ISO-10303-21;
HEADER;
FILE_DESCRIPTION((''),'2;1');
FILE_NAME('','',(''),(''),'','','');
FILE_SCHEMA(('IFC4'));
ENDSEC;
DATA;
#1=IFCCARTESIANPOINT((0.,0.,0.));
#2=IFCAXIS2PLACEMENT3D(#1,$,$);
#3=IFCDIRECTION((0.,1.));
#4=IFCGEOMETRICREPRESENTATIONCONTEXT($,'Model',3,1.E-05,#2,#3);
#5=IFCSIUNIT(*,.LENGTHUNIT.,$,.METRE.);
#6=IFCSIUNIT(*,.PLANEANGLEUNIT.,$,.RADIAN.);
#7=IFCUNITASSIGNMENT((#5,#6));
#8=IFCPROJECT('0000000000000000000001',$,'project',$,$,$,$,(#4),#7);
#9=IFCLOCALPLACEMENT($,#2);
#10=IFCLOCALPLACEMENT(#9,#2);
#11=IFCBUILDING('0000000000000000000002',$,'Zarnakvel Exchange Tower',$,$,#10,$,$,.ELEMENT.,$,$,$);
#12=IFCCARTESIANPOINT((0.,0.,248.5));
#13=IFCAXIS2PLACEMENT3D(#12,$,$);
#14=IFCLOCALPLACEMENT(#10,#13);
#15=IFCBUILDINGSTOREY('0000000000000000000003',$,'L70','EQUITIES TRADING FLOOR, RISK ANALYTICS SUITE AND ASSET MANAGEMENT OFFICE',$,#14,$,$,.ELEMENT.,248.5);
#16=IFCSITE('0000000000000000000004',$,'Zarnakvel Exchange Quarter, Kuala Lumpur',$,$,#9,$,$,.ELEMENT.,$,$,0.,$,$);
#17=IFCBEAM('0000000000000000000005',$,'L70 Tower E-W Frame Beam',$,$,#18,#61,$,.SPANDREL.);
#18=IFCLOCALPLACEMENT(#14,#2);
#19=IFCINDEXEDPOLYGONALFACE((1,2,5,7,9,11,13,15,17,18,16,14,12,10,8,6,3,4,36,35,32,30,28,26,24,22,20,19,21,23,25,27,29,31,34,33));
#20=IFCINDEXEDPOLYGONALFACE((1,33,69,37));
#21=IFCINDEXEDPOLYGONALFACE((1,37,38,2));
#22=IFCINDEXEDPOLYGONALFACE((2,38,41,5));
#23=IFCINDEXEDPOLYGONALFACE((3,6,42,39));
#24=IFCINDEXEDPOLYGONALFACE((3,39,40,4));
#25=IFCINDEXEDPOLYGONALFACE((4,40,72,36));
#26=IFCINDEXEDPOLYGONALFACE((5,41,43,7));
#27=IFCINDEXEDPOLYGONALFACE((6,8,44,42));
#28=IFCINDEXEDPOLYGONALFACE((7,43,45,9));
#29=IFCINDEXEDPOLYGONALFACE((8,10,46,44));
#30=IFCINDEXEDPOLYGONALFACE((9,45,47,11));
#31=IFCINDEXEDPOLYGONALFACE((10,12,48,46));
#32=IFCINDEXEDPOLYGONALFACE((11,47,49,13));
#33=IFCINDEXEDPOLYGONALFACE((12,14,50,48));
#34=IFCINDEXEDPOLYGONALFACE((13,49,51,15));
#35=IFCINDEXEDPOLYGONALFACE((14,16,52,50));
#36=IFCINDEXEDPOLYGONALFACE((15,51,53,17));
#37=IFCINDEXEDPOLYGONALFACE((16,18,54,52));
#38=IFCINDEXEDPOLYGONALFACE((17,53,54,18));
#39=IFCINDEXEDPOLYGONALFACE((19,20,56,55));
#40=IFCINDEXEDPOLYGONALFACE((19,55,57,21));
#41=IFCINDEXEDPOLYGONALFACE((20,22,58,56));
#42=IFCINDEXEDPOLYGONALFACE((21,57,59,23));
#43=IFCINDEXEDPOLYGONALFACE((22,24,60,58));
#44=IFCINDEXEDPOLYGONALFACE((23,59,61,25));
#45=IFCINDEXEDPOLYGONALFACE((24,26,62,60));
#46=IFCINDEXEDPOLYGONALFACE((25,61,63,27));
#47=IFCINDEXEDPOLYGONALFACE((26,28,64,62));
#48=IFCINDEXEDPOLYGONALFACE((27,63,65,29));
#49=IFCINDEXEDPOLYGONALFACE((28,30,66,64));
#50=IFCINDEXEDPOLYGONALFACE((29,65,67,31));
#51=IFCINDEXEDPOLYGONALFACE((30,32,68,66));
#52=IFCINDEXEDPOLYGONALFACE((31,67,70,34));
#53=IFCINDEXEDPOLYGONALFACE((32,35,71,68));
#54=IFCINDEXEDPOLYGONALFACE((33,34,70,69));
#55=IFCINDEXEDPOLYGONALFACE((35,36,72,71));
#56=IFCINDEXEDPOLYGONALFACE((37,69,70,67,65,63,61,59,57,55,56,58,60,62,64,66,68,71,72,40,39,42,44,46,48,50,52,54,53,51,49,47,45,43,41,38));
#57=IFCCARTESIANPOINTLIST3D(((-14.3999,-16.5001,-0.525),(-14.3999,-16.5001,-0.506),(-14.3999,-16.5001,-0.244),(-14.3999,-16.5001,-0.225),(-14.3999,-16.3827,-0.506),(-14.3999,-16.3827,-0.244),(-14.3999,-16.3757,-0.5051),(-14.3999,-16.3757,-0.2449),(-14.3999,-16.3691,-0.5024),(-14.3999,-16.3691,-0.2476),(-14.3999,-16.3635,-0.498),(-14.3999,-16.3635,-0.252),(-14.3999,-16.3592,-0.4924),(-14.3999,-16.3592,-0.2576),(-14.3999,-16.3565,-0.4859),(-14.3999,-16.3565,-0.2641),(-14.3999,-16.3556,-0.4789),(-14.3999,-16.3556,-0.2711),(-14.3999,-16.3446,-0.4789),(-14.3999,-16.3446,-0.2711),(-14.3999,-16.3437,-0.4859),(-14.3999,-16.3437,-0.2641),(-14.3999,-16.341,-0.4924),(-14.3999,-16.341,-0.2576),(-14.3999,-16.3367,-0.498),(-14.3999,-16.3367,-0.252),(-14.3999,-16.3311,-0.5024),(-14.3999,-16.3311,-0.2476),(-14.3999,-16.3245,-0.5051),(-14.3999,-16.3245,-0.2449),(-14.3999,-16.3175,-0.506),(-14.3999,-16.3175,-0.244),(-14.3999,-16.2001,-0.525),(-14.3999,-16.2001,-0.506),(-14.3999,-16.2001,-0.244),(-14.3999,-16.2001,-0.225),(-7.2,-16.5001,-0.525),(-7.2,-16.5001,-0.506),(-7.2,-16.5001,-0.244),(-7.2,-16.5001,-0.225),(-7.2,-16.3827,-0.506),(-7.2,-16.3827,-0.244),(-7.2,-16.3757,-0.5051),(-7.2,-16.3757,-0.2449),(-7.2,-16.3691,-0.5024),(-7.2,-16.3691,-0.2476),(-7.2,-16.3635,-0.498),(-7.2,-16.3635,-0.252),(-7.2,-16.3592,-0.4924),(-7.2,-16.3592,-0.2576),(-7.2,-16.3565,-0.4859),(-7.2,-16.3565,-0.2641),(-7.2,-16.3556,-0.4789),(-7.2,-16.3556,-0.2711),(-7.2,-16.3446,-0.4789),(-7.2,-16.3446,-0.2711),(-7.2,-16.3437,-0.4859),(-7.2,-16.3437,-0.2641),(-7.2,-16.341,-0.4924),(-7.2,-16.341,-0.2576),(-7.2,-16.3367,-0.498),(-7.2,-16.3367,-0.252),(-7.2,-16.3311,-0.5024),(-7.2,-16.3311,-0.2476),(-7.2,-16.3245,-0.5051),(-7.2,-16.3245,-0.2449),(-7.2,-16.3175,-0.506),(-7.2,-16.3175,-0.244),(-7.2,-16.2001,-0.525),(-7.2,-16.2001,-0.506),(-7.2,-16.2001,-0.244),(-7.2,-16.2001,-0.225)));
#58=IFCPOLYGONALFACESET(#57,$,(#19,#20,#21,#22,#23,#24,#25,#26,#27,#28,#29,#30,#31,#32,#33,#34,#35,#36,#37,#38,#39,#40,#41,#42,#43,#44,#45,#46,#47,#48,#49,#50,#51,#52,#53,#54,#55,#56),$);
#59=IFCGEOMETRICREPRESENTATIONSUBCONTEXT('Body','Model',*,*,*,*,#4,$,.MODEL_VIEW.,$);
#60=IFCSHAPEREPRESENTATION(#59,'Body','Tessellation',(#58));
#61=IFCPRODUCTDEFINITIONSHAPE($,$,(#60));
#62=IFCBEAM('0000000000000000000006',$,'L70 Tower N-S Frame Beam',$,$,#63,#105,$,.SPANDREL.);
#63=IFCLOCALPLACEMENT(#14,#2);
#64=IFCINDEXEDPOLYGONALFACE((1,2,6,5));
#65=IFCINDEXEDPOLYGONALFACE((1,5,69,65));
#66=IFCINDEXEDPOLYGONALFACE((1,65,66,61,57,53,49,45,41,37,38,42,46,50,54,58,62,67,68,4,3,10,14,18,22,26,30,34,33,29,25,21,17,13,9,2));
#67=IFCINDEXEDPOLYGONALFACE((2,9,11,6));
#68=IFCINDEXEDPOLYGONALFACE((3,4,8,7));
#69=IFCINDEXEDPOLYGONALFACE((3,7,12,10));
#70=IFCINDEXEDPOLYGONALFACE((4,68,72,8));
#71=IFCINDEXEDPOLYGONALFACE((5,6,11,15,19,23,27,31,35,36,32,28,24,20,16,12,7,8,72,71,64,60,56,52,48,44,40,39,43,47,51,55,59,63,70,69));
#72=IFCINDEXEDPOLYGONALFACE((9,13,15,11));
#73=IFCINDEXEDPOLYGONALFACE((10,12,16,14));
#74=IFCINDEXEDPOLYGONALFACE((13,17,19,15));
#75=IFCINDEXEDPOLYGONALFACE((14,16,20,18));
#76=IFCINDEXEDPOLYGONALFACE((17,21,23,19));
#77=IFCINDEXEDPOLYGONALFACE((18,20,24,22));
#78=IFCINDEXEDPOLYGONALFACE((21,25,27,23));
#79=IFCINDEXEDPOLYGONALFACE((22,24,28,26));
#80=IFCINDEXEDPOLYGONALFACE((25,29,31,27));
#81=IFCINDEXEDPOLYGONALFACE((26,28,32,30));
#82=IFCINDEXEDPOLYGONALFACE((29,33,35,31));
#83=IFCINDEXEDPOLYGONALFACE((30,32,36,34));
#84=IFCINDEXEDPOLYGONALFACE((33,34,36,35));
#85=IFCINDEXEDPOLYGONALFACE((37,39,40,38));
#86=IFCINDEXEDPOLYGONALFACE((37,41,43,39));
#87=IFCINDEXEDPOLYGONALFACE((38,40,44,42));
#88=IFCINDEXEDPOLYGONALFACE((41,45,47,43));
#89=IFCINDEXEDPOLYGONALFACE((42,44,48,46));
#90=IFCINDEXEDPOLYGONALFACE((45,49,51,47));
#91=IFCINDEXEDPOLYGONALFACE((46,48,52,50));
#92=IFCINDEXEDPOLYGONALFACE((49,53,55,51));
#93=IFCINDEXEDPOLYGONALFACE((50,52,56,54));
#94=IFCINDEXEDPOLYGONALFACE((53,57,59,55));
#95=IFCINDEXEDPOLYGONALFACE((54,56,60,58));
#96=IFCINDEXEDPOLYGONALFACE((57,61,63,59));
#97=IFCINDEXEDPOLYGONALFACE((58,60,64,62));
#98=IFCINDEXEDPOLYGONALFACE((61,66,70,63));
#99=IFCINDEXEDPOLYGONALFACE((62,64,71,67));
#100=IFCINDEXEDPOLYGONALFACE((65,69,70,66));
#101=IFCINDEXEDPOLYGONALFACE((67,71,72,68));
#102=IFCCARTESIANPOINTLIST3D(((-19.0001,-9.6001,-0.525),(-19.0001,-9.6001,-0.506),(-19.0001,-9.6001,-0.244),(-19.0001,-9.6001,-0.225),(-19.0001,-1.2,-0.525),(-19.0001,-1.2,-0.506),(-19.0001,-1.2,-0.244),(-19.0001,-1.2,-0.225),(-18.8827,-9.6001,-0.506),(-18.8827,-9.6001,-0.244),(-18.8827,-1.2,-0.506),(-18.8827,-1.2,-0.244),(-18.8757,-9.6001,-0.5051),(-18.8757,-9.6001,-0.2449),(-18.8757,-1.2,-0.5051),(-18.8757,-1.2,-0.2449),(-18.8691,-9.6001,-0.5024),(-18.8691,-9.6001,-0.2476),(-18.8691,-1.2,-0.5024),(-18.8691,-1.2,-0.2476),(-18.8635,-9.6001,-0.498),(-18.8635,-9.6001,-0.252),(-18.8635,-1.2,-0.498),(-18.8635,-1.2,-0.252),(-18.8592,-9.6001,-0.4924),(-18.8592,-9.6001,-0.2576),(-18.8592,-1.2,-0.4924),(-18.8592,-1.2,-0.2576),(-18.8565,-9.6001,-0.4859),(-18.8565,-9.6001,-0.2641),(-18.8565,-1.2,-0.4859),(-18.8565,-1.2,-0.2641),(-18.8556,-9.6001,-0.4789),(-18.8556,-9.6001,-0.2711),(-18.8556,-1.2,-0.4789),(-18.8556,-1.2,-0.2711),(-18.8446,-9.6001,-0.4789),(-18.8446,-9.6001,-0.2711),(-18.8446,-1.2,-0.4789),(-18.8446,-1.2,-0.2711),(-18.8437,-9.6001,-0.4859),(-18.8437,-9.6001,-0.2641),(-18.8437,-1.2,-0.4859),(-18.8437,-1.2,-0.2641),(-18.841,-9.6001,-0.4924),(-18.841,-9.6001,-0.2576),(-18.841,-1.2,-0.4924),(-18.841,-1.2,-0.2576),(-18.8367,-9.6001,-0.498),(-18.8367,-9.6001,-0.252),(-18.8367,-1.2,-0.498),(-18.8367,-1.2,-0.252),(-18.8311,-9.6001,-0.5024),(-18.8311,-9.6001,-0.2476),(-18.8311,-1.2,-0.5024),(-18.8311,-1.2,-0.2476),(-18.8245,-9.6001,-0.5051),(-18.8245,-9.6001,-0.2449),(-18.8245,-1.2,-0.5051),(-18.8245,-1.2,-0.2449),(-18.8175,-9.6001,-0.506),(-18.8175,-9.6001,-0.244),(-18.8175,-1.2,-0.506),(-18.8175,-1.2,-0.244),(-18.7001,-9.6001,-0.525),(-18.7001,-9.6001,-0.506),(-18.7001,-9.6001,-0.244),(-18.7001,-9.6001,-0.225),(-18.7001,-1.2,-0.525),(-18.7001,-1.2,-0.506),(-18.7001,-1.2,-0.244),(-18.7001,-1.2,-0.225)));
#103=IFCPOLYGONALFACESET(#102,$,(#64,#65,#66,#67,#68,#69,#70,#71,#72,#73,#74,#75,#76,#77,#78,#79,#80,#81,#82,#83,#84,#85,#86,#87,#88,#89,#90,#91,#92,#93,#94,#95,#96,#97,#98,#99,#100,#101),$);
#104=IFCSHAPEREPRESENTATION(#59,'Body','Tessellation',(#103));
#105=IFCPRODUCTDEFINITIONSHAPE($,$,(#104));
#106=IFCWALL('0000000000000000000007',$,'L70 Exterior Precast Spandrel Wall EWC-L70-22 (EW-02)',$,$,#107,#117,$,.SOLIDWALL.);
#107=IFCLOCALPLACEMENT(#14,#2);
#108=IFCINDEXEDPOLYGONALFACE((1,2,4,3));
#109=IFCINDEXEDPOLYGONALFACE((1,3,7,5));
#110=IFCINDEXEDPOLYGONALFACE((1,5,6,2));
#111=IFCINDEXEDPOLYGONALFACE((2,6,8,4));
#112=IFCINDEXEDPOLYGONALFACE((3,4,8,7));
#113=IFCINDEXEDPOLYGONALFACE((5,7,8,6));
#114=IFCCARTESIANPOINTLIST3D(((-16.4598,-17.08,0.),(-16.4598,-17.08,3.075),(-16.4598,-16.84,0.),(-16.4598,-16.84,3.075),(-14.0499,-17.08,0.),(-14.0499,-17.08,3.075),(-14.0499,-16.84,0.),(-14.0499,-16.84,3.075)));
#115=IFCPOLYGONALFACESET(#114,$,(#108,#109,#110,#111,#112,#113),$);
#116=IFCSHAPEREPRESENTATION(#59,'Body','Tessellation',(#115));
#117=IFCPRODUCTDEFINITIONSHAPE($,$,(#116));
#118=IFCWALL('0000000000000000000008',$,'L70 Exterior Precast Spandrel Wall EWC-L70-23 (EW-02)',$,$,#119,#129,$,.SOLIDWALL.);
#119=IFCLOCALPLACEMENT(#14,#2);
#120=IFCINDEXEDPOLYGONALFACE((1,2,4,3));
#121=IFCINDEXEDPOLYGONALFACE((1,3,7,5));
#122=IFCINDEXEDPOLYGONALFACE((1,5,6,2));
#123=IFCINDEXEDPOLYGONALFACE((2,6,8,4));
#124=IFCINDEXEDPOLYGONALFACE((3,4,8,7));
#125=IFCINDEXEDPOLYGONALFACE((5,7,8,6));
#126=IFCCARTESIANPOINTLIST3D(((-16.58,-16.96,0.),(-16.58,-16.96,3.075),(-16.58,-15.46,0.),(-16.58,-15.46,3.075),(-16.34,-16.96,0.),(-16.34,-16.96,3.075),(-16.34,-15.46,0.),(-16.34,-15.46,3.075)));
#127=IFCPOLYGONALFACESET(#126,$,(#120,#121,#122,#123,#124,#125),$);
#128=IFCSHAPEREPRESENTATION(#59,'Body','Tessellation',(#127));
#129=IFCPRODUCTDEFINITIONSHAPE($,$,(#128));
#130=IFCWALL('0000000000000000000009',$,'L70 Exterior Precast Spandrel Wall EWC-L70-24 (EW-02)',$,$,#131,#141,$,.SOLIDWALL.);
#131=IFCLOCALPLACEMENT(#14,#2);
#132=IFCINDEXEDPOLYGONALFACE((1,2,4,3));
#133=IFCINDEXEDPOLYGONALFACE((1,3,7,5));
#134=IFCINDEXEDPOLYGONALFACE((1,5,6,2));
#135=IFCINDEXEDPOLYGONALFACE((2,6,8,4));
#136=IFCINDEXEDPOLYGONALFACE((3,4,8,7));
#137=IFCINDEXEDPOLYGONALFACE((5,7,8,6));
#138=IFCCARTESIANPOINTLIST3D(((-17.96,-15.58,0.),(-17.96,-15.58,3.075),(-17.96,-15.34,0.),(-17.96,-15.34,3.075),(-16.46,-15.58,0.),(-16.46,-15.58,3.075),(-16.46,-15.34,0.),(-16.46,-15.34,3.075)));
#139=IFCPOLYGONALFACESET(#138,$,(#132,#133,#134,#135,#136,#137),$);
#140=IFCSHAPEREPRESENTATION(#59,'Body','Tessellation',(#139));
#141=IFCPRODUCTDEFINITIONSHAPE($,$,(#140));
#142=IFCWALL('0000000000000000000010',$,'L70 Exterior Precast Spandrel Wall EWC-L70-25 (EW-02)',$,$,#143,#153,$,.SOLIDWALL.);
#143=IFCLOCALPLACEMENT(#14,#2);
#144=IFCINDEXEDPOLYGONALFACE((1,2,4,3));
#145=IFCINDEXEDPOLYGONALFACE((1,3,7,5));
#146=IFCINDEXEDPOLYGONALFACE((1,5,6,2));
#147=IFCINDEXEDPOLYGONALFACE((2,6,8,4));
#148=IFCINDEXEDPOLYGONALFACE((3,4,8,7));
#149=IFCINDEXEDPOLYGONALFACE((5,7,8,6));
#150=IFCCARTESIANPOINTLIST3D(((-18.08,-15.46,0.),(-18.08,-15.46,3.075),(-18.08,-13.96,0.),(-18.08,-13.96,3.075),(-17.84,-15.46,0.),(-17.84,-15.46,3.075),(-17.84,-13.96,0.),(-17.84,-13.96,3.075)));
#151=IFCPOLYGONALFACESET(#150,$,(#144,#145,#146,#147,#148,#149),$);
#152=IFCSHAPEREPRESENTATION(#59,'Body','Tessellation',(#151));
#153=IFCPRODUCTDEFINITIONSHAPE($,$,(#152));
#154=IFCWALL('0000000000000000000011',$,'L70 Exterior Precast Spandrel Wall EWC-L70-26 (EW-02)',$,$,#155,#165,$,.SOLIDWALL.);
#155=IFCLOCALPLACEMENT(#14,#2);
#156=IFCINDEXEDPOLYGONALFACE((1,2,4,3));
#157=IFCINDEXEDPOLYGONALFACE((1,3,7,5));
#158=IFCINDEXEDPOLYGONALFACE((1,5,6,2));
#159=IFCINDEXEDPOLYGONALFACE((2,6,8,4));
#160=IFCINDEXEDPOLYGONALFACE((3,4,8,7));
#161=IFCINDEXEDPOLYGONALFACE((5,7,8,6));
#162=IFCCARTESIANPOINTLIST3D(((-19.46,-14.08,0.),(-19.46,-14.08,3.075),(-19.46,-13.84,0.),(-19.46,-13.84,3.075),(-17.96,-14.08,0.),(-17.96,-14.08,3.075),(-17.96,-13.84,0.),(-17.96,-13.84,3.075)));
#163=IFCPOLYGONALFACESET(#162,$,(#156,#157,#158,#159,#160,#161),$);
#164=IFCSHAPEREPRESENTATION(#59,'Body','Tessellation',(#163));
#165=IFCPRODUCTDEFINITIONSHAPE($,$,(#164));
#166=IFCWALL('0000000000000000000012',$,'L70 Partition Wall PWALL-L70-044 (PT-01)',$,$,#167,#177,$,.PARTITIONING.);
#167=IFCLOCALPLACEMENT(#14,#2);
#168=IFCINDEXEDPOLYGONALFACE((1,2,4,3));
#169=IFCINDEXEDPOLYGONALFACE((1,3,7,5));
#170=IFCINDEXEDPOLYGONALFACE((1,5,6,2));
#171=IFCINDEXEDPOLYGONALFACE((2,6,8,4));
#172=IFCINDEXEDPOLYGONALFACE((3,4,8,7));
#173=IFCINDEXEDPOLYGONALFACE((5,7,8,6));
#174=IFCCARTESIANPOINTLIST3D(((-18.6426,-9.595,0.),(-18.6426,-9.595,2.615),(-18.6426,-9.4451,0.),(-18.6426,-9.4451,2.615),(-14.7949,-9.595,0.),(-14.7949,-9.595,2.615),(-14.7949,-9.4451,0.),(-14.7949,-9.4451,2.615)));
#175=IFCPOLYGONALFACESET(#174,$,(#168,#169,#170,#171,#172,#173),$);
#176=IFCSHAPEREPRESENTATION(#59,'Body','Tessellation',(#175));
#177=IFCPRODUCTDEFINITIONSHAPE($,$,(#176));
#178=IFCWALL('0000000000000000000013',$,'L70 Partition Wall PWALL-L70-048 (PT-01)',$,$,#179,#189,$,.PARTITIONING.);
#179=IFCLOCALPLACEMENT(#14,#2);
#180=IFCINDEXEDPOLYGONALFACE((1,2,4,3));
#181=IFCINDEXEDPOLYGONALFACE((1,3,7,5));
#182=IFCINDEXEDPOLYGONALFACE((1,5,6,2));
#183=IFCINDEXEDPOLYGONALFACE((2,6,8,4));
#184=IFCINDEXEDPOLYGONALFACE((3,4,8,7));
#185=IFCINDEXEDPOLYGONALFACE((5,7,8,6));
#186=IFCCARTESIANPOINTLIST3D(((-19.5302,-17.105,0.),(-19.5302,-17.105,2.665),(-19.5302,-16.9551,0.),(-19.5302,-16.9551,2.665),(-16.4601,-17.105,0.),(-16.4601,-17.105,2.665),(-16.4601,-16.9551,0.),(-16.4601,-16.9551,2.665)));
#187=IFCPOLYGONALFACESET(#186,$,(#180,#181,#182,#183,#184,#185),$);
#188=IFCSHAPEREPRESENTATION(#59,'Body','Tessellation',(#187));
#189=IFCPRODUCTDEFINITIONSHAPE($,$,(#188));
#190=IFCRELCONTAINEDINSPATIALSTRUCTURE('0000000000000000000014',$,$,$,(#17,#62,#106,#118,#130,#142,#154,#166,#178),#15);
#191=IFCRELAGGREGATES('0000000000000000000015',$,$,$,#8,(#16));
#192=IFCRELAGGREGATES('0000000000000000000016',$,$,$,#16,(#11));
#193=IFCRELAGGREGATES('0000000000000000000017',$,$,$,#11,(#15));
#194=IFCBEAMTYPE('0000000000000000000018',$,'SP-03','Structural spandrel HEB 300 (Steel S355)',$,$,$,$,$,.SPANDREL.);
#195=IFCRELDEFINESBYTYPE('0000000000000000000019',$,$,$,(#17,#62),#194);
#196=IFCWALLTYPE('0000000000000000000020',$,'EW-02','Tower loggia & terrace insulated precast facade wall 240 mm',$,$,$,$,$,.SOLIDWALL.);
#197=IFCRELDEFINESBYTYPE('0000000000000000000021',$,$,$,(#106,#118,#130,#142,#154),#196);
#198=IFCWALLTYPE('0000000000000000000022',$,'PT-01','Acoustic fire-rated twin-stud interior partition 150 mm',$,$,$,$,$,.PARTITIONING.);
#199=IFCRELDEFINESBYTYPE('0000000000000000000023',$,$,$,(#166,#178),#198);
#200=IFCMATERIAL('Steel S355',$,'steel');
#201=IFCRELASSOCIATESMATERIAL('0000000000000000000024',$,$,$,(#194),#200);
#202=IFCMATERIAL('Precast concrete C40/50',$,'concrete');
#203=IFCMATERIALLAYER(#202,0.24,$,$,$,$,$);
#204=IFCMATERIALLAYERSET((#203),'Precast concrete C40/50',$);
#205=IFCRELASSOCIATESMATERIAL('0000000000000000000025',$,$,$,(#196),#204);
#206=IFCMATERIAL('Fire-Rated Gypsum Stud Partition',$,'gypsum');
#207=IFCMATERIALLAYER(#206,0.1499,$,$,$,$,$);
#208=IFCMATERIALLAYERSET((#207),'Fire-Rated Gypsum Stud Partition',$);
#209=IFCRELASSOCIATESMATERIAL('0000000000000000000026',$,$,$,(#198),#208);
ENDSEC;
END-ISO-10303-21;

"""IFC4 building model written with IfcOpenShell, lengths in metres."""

from ifc_helpers import new_model, si_unit, direction, frame, frame_2d, origin, origin_2d, place, context, subcontext, project, spatial, rectangle, i_section, extrude, material, layer, layer_set, material_profile, profile_set, type_object, element, save


model = new_model("IFC4")

# Units and contexts
model_context = context("Model", 3, precision=1e-05, world=origin(), true_north=direction((0.0, 1.0)))
body_context = subcontext(model_context, "Body", "Model", "MODEL_VIEW")
ifc_project = project(units=[si_unit("LENGTHUNIT", "METRE"), si_unit("PLANEANGLEUNIT", "RADIAN")], contexts=[model_context])

# Site, building, storey
site_placement = place(None, origin())
site = spatial("IfcSite", under=ifc_project, at=site_placement, Name="Zarnakvel Exchange Quarter, Kuala Lumpur", CompositionType="ELEMENT", RefElevation=0.0)
building_placement = place(site_placement, origin())
building = spatial("IfcBuilding", under=site, at=building_placement, Name="Zarnakvel Exchange Tower", CompositionType="ELEMENT")
storey_placement = place(building_placement, frame((0.0, 0.0, 248.5)))
storey = spatial("IfcBuildingStorey", under=building, at=storey_placement, Name="L70", Description="EQUITIES TRADING FLOOR, RISK ANALYTICS SUITE AND ASSET MANAGEMENT OFFICE", CompositionType="ELEMENT", Elevation=248.5)

# Shared definitions
ifc_material_1 = material(Name="Steel S355", Category="steel")

# Beams
ifc_material_profile_1 = material_profile(ifc_material_1, i_section(OverallWidth=0.3, OverallDepth=0.3, WebThickness=0.011, FlangeThickness=0.019, FilletRadius=0.0271, at=origin_2d()))
ifc_profile_set_1 = profile_set([ifc_material_profile_1], Name="Steel S355")
beam_type_1 = type_object("IfcBeamType", Name="SP-03", Description="Structural spandrel HEB 300 (Steel S355)", PredefinedType="SPANDREL", material=ifc_profile_set_1)
beam_1_placement = place(storey_placement, frame((-14.3999, -16.3501, -0.375), z_axis=(1.0, 0.0, 0.0), x_axis=(0.0, 1.0, 0.0)))
element("IfcBeam", 1, at=beam_1_placement, inside=storey, type_object=beam_type_1, Name="L70 Tower E-W Frame Beam", PredefinedType="SPANDREL", context=body_context, shape_type="SweptSolid", body=[
    extrude(i_section(OverallWidth=0.3, OverallDepth=0.3, WebThickness=0.011, FlangeThickness=0.019, FilletRadius=0.0271, at=origin_2d()), origin(), (0.0, 0.0, 1.0), 7.2),
])
beam_2_placement = place(storey_placement, frame((-18.8501, -9.6001, -0.375), z_axis=(0.0, 1.0, 0.0), x_axis=(-1.0, 0.0, 0.0)))
element("IfcBeam", 2, at=beam_2_placement, inside=storey, type_object=beam_type_1, Name="L70 Tower N-S Frame Beam", PredefinedType="SPANDREL", context=body_context, shape_type="SweptSolid", body=[
    extrude(i_section(OverallWidth=0.3, OverallDepth=0.3, WebThickness=0.011, FlangeThickness=0.019, FilletRadius=0.0271, at=origin_2d()), origin(), (0.0, 0.0, 1.0), 8.4001),
])

# Walls
ifc_material_2 = material(Name="Precast concrete C40/50", Category="concrete")
ifc_layer_1 = layer(ifc_material_2, 0.24)
ifc_layer_set_1 = layer_set([ifc_layer_1], Name="Precast concrete C40/50")
wall_type_1 = type_object("IfcWallType", Name="EW-02", Description="Tower loggia & terrace insulated precast facade wall 240 mm", PredefinedType="SOLIDWALL", material=ifc_layer_set_1)
wall_1_placement = place(storey_placement, frame((-16.46, -16.96, 0.0), z_axis=(0.0, 0.0, 1.0), x_axis=(1.0, 0.0, 0.0)))
element("IfcWall", 3, at=wall_1_placement, inside=storey, type_object=wall_type_1, Name="L70 Exterior Precast Spandrel Wall EWC-L70-22 (EW-02)", PredefinedType="SOLIDWALL", context=body_context, shape_type="SweptSolid", body=[
    extrude(rectangle(XDim=2.4099, YDim=0.24, at=frame_2d((1.2051, 0.0))), origin(), (0.0, 0.0, 1.0), 3.075),
])
for number, where, z_axis, x_axis, name in (
    (4, (-16.46, -15.46, 0.0), (0.0, 0.0, 1.0), (0.0, -1.0, 0.0), "L70 Exterior Precast Spandrel Wall EWC-L70-23 (EW-02)"),
    (5, (-17.96, -15.46, 0.0), (0.0, 0.0, 1.0), (1.0, 0.0, 0.0), "L70 Exterior Precast Spandrel Wall EWC-L70-24 (EW-02)"),
    (6, (-17.96, -13.96, 0.0), (0.0, 0.0, 1.0), (0.0, -1.0, 0.0), "L70 Exterior Precast Spandrel Wall EWC-L70-25 (EW-02)"),
    (7, (-19.46, -13.96, 0.0), (0.0, 0.0, 1.0), (1.0, 0.0, 0.0), "L70 Exterior Precast Spandrel Wall EWC-L70-26 (EW-02)"),
):
    element("IfcWall", number, at=place(storey_placement, frame(where, z_axis=z_axis, x_axis=x_axis)), inside=storey, type_object=wall_type_1, Name=name, PredefinedType="SOLIDWALL", context=body_context, shape_type="SweptSolid", body=[
        extrude(rectangle(XDim=1.5, YDim=0.24, at=frame_2d((0.75, 0.0))), origin(), (0.0, 0.0, 1.0), 3.075),
    ])
ifc_material_3 = material(Name="Fire-Rated Gypsum Stud Partition", Category="gypsum")
ifc_layer_2 = layer(ifc_material_3, 0.1499)
ifc_layer_set_2 = layer_set([ifc_layer_2], Name="Fire-Rated Gypsum Stud Partition")
wall_type_2 = type_object("IfcWallType", Name="PT-01", Description="Acoustic fire-rated twin-stud interior partition 150 mm", PredefinedType="PARTITIONING", material=ifc_layer_set_2)
wall_2_placement = place(storey_placement, frame((-14.7949, -9.52, 0.0), z_axis=(0.0, 0.0, 1.0), x_axis=(-1.0, 0.0, 0.0)))
element("IfcWall", 8, at=wall_2_placement, inside=storey, type_object=wall_type_2, Name="L70 Partition Wall PWALL-L70-044 (PT-01)", PredefinedType="PARTITIONING", context=body_context, shape_type="SweptSolid", body=[
    extrude(rectangle(XDim=3.8477, YDim=0.1499, at=frame_2d((1.9238, 0.0))), origin(), (0.0, 0.0, 1.0), 2.615),
])
wall_3_placement = place(storey_placement, frame((-16.46, -17.03, 0.0), z_axis=(0.0, 0.0, 1.0), x_axis=(-1.0, 0.0, 0.0)))
element("IfcWall", 9, at=wall_3_placement, inside=storey, type_object=wall_type_2, Name="L70 Partition Wall PWALL-L70-048 (PT-01)", PredefinedType="PARTITIONING", context=body_context, shape_type="SweptSolid", body=[
    extrude(rectangle(XDim=3.0701, YDim=0.1499, at=frame_2d((1.5352, 0.0))), origin(), (0.0, 0.0, 1.0), 2.665),
])

save(model, "model.ifc")
